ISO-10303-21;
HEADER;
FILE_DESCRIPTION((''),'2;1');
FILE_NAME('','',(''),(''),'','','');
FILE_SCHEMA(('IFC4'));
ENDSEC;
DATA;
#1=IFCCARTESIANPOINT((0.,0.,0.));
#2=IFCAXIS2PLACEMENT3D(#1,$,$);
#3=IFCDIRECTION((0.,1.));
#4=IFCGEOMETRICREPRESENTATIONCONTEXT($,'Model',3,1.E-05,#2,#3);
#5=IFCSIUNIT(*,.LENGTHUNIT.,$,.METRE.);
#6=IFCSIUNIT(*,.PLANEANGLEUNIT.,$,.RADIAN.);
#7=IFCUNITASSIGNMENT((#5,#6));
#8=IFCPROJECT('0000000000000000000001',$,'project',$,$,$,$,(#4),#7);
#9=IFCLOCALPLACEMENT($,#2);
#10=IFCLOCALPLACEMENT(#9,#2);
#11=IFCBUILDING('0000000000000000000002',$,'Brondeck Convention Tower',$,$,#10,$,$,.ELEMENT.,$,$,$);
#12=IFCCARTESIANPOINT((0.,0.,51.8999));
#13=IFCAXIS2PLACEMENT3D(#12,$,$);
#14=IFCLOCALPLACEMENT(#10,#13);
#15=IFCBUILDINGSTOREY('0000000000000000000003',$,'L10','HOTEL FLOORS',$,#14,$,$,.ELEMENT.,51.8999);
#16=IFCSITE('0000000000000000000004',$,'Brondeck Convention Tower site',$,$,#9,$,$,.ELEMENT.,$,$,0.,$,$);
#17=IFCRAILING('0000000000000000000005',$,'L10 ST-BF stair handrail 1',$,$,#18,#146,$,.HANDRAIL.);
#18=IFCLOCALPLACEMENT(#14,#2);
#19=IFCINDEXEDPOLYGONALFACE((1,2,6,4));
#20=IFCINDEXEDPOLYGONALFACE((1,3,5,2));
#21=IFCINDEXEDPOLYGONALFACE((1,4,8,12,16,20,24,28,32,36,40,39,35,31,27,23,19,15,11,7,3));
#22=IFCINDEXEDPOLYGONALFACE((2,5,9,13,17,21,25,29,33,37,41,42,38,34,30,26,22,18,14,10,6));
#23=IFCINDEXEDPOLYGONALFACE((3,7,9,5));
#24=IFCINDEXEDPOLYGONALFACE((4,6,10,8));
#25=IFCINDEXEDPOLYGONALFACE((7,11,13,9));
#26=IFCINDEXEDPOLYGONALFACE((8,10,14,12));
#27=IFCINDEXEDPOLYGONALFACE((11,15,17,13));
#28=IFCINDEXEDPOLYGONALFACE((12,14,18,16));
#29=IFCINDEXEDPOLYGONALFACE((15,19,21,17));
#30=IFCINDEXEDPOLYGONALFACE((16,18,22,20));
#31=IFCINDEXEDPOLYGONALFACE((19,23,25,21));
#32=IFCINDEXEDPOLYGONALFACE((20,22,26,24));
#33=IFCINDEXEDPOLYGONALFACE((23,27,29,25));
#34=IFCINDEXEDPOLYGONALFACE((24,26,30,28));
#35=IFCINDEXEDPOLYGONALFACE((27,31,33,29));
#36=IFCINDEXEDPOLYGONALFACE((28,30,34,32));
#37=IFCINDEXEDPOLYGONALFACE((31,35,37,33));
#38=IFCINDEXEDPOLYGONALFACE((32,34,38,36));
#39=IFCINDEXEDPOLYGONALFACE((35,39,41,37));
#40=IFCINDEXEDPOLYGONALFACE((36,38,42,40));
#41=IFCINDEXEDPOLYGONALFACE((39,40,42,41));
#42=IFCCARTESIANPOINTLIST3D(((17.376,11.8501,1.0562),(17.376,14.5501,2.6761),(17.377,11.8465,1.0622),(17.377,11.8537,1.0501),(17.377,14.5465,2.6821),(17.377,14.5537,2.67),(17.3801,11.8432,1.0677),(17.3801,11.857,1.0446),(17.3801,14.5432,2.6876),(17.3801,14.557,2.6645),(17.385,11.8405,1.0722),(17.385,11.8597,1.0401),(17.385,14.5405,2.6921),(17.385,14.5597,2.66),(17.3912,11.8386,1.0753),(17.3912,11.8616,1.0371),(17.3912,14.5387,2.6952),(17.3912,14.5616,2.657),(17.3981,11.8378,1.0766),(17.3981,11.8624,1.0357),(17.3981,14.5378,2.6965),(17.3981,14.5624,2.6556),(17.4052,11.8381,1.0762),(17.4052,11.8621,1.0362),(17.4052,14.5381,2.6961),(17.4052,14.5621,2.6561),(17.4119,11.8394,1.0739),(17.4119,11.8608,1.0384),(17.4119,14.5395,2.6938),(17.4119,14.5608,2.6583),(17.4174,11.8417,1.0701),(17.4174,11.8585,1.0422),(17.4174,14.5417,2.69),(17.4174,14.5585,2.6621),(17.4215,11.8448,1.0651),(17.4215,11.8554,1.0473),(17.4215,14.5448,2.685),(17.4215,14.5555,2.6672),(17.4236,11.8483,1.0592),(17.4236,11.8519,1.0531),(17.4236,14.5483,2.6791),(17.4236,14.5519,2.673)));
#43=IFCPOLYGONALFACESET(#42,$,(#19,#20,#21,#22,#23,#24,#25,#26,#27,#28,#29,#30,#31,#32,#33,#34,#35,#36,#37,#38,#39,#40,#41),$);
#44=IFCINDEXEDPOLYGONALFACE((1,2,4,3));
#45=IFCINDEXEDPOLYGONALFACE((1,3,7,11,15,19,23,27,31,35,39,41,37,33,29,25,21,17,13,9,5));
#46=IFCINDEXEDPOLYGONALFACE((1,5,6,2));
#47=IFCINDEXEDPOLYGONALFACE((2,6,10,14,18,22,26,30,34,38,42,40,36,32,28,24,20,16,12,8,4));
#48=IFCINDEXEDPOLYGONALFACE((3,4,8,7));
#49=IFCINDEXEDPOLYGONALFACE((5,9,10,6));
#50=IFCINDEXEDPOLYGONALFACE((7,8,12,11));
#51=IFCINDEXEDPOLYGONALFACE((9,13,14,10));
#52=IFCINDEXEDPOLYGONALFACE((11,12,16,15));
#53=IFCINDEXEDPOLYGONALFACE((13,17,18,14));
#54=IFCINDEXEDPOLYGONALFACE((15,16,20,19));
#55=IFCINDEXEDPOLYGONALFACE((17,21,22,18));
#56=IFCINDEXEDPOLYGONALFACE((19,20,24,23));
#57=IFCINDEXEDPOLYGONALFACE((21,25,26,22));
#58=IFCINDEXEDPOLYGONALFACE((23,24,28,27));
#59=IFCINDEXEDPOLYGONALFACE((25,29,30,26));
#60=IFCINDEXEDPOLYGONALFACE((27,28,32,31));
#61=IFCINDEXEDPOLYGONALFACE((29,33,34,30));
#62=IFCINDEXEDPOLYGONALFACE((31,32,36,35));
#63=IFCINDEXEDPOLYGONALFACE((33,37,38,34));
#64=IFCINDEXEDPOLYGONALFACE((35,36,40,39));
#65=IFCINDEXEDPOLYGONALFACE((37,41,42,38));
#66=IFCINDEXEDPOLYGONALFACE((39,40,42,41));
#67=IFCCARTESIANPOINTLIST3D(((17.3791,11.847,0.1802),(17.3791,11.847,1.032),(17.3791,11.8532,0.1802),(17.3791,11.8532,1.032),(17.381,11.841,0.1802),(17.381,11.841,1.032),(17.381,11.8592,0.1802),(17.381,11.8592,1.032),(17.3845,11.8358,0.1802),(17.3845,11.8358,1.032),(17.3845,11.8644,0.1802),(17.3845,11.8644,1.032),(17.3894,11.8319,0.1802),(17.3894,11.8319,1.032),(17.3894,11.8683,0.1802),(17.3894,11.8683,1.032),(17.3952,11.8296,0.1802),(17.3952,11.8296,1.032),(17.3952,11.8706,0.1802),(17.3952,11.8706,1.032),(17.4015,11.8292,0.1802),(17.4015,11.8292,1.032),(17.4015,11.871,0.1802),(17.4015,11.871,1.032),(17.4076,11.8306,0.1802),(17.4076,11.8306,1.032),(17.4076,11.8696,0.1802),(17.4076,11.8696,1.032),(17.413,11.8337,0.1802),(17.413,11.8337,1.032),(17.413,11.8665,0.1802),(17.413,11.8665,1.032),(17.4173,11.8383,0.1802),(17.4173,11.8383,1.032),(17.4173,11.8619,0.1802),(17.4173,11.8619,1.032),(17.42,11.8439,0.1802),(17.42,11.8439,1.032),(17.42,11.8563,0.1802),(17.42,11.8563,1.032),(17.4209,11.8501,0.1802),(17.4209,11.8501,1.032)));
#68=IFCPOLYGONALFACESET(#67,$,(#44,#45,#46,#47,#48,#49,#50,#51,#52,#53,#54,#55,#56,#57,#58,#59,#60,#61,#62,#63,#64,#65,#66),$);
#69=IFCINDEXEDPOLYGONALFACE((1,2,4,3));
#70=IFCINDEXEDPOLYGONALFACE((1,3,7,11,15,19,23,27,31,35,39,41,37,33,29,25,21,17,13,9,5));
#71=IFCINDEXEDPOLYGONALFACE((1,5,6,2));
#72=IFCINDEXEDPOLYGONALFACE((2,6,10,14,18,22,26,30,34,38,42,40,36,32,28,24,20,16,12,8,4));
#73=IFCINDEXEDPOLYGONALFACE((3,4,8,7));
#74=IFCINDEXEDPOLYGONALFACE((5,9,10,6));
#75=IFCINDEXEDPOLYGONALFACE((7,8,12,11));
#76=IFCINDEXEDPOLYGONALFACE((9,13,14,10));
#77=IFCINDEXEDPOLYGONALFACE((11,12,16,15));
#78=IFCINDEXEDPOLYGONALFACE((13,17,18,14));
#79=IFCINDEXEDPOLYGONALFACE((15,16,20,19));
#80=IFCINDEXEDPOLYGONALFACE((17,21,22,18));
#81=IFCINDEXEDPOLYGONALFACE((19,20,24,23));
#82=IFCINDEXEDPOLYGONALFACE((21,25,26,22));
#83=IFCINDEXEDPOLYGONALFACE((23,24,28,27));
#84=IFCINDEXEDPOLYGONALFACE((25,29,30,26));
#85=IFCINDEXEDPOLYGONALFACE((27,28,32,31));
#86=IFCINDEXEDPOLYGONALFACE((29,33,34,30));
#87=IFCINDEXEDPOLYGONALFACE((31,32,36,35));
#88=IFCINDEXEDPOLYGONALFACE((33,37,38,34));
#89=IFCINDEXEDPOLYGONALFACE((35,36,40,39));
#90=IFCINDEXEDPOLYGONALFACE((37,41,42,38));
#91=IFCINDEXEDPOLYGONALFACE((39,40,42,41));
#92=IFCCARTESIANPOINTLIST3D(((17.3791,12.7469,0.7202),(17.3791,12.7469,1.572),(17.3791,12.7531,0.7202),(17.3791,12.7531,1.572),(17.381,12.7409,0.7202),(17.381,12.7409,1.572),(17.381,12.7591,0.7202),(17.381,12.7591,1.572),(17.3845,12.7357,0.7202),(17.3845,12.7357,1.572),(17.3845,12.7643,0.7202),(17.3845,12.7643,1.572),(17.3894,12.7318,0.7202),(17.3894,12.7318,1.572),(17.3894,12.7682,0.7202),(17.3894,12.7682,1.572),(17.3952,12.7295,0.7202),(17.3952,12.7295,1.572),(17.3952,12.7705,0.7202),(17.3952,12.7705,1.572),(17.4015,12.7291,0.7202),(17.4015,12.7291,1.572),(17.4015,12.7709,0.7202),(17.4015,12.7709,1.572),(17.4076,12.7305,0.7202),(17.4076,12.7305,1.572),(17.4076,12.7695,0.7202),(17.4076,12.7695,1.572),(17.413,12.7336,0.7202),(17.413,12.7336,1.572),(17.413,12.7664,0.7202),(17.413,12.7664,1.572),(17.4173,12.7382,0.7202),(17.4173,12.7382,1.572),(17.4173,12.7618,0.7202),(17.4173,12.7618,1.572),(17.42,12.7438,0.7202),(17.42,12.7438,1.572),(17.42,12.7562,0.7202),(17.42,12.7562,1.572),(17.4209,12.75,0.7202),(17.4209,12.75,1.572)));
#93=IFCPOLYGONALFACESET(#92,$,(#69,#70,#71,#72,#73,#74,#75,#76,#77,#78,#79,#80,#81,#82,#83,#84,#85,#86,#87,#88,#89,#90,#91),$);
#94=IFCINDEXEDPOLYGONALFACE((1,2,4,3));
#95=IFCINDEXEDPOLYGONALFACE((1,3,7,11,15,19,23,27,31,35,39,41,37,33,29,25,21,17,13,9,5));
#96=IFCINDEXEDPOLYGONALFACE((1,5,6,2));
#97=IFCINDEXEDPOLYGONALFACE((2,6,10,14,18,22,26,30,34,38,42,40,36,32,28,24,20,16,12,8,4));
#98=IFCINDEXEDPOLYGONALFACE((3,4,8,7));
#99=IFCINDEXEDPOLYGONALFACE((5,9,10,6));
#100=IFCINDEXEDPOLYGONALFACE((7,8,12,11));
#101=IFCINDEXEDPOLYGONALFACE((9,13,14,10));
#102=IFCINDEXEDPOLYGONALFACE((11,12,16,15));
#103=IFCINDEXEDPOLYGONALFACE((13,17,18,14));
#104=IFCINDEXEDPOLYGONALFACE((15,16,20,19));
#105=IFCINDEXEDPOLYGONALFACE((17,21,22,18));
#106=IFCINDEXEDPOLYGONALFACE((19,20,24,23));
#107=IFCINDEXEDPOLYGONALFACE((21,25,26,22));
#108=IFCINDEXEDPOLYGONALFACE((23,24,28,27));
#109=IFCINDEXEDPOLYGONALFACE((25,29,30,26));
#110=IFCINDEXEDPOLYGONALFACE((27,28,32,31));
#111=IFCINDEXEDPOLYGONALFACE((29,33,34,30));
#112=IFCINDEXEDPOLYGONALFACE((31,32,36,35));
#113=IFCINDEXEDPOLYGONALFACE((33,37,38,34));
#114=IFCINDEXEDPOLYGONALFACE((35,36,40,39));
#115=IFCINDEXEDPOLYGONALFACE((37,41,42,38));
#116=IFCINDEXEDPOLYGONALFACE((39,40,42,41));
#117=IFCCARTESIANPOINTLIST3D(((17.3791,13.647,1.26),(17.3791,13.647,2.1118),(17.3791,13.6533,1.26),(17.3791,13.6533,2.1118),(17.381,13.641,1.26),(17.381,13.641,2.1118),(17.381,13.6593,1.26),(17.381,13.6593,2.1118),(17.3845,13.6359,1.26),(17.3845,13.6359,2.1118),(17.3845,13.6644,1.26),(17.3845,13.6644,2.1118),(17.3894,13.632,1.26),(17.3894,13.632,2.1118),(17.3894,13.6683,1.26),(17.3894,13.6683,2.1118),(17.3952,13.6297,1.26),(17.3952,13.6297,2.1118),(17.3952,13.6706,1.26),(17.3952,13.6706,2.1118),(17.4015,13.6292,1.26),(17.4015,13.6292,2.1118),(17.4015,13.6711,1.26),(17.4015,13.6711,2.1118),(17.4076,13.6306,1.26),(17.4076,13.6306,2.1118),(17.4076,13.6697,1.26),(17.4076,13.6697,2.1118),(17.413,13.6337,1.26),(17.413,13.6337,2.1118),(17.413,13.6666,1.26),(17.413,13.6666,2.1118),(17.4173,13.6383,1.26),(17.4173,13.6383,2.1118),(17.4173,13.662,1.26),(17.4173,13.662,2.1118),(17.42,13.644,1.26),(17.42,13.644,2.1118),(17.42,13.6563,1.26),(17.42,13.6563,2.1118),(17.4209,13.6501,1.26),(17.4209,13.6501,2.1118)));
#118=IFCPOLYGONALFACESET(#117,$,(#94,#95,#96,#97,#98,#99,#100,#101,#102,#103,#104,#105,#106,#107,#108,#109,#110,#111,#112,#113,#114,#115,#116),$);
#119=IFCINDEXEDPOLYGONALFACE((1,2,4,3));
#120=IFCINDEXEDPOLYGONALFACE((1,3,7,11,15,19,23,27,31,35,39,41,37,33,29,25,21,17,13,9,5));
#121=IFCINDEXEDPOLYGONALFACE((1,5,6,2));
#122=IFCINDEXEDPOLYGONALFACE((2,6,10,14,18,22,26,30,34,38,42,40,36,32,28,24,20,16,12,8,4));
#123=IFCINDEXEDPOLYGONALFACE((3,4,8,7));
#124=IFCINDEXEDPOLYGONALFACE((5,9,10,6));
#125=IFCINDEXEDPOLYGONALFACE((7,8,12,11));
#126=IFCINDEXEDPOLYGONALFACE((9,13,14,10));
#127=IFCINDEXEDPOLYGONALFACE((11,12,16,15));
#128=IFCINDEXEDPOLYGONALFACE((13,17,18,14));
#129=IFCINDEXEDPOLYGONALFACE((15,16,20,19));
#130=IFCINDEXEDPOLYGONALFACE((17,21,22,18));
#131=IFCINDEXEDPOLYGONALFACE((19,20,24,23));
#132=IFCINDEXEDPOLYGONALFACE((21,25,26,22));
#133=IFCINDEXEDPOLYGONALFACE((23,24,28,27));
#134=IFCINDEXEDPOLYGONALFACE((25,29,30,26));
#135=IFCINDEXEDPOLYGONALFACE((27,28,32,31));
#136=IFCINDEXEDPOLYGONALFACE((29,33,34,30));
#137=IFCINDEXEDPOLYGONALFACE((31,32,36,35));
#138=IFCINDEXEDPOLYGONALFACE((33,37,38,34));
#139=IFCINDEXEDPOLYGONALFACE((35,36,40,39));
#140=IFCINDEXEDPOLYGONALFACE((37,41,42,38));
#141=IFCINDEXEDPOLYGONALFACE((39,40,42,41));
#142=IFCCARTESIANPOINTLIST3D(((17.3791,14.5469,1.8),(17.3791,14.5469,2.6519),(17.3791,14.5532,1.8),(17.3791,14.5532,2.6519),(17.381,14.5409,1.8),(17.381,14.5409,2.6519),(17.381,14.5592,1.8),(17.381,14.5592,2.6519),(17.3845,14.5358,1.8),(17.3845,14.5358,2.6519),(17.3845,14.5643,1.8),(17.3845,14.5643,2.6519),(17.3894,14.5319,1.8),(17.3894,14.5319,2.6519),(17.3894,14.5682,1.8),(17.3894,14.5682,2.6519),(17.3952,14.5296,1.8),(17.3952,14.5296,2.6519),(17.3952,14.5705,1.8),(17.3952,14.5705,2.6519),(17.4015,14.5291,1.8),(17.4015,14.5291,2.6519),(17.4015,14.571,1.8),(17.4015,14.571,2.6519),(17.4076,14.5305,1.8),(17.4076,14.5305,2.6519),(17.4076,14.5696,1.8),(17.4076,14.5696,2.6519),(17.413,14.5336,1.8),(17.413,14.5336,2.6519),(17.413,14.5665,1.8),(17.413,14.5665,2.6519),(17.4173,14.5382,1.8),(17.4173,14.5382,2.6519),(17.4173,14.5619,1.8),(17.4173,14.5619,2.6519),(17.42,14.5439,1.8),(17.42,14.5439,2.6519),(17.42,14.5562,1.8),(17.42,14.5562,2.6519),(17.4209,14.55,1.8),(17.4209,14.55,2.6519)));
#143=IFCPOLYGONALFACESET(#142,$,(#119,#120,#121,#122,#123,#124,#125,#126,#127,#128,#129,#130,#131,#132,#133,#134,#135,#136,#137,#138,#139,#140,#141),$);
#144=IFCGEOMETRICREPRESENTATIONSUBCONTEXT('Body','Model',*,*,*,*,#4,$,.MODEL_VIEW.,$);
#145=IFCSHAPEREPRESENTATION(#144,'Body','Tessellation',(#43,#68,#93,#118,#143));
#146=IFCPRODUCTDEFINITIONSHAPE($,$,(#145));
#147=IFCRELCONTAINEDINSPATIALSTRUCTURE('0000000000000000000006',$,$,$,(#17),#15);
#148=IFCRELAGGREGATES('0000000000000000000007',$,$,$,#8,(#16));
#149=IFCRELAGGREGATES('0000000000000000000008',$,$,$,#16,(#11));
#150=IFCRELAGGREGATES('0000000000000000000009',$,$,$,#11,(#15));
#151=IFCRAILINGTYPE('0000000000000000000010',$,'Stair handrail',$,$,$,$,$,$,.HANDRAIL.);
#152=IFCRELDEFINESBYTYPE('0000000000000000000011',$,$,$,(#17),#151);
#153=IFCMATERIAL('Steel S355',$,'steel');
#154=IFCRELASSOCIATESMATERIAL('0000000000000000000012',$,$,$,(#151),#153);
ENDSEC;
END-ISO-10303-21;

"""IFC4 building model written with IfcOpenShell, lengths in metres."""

from ifc_helpers import new_model, si_unit, direction, frame, origin, origin_2d, place, context, subcontext, project, spatial, circle, extrude, material, type_object, element, save


model = new_model("IFC4")

# Units and contexts
model_context = context("Model", 3, precision=1e-05, world=origin(), true_north=direction((0.0, 1.0)))
body_context = subcontext(model_context, "Body", "Model", "MODEL_VIEW")
ifc_project = project(units=[si_unit("LENGTHUNIT", "METRE"), si_unit("PLANEANGLEUNIT", "RADIAN")], contexts=[model_context])

# Site, building, storey
site_placement = place(None, origin())
site = spatial("IfcSite", under=ifc_project, at=site_placement, Name="Brondeck Convention Tower site", CompositionType="ELEMENT", RefElevation=0.0)
building_placement = place(site_placement, origin())
building = spatial("IfcBuilding", under=site, at=building_placement, Name="Brondeck Convention Tower", CompositionType="ELEMENT")
storey_placement = place(building_placement, frame((0.0, 0.0, 51.8999)))
storey = spatial("IfcBuildingStorey", under=building, at=storey_placement, Name="L10", Description="HOTEL FLOORS", CompositionType="ELEMENT", Elevation=51.8999)

# Shared definitions
ifc_material_1 = material(Name="Steel S355", Category="steel")

# Railing
railing_type_1 = type_object("IfcRailingType", Name="Stair handrail", PredefinedType="HANDRAIL", material=ifc_material_1)
railing_1_placement = place(storey_placement, frame((17.3999, 11.8501, 0.1802)))
element("IfcRailing", 1, at=railing_1_placement, inside=storey, type_object=railing_type_1, Name="L10 ST-BF stair handrail 1", PredefinedType="HANDRAIL", context=body_context, shape_type="SweptSolid", body=[
    extrude(circle(Radius=0.0239, at=origin_2d()), frame((0.0, 0.0, 0.876), z_axis=(0.0, 0.857507, 0.514473), x_axis=(-1.0, 0.0, 0.0)), (0.0, 0.0, 1.0), 3.1487),
    extrude(circle(Radius=0.021, at=origin_2d()), origin(), (0.0, 0.0, 1.0), 0.8518),
    extrude(circle(Radius=0.021, at=origin_2d()), frame((0.0, 0.8999, 0.54)), (0.0, 0.0, 1.0), 0.8518),
    extrude(circle(Radius=0.021, at=origin_2d()), frame((0.0, 1.8, 1.0798)), (0.0, 0.0, 1.0), 0.8518),
    extrude(circle(Radius=0.021, at=origin_2d()), frame((0.0, 2.7, 1.6199)), (0.0, 0.0, 1.0), 0.8518),
])

save(model, "model.ifc")
